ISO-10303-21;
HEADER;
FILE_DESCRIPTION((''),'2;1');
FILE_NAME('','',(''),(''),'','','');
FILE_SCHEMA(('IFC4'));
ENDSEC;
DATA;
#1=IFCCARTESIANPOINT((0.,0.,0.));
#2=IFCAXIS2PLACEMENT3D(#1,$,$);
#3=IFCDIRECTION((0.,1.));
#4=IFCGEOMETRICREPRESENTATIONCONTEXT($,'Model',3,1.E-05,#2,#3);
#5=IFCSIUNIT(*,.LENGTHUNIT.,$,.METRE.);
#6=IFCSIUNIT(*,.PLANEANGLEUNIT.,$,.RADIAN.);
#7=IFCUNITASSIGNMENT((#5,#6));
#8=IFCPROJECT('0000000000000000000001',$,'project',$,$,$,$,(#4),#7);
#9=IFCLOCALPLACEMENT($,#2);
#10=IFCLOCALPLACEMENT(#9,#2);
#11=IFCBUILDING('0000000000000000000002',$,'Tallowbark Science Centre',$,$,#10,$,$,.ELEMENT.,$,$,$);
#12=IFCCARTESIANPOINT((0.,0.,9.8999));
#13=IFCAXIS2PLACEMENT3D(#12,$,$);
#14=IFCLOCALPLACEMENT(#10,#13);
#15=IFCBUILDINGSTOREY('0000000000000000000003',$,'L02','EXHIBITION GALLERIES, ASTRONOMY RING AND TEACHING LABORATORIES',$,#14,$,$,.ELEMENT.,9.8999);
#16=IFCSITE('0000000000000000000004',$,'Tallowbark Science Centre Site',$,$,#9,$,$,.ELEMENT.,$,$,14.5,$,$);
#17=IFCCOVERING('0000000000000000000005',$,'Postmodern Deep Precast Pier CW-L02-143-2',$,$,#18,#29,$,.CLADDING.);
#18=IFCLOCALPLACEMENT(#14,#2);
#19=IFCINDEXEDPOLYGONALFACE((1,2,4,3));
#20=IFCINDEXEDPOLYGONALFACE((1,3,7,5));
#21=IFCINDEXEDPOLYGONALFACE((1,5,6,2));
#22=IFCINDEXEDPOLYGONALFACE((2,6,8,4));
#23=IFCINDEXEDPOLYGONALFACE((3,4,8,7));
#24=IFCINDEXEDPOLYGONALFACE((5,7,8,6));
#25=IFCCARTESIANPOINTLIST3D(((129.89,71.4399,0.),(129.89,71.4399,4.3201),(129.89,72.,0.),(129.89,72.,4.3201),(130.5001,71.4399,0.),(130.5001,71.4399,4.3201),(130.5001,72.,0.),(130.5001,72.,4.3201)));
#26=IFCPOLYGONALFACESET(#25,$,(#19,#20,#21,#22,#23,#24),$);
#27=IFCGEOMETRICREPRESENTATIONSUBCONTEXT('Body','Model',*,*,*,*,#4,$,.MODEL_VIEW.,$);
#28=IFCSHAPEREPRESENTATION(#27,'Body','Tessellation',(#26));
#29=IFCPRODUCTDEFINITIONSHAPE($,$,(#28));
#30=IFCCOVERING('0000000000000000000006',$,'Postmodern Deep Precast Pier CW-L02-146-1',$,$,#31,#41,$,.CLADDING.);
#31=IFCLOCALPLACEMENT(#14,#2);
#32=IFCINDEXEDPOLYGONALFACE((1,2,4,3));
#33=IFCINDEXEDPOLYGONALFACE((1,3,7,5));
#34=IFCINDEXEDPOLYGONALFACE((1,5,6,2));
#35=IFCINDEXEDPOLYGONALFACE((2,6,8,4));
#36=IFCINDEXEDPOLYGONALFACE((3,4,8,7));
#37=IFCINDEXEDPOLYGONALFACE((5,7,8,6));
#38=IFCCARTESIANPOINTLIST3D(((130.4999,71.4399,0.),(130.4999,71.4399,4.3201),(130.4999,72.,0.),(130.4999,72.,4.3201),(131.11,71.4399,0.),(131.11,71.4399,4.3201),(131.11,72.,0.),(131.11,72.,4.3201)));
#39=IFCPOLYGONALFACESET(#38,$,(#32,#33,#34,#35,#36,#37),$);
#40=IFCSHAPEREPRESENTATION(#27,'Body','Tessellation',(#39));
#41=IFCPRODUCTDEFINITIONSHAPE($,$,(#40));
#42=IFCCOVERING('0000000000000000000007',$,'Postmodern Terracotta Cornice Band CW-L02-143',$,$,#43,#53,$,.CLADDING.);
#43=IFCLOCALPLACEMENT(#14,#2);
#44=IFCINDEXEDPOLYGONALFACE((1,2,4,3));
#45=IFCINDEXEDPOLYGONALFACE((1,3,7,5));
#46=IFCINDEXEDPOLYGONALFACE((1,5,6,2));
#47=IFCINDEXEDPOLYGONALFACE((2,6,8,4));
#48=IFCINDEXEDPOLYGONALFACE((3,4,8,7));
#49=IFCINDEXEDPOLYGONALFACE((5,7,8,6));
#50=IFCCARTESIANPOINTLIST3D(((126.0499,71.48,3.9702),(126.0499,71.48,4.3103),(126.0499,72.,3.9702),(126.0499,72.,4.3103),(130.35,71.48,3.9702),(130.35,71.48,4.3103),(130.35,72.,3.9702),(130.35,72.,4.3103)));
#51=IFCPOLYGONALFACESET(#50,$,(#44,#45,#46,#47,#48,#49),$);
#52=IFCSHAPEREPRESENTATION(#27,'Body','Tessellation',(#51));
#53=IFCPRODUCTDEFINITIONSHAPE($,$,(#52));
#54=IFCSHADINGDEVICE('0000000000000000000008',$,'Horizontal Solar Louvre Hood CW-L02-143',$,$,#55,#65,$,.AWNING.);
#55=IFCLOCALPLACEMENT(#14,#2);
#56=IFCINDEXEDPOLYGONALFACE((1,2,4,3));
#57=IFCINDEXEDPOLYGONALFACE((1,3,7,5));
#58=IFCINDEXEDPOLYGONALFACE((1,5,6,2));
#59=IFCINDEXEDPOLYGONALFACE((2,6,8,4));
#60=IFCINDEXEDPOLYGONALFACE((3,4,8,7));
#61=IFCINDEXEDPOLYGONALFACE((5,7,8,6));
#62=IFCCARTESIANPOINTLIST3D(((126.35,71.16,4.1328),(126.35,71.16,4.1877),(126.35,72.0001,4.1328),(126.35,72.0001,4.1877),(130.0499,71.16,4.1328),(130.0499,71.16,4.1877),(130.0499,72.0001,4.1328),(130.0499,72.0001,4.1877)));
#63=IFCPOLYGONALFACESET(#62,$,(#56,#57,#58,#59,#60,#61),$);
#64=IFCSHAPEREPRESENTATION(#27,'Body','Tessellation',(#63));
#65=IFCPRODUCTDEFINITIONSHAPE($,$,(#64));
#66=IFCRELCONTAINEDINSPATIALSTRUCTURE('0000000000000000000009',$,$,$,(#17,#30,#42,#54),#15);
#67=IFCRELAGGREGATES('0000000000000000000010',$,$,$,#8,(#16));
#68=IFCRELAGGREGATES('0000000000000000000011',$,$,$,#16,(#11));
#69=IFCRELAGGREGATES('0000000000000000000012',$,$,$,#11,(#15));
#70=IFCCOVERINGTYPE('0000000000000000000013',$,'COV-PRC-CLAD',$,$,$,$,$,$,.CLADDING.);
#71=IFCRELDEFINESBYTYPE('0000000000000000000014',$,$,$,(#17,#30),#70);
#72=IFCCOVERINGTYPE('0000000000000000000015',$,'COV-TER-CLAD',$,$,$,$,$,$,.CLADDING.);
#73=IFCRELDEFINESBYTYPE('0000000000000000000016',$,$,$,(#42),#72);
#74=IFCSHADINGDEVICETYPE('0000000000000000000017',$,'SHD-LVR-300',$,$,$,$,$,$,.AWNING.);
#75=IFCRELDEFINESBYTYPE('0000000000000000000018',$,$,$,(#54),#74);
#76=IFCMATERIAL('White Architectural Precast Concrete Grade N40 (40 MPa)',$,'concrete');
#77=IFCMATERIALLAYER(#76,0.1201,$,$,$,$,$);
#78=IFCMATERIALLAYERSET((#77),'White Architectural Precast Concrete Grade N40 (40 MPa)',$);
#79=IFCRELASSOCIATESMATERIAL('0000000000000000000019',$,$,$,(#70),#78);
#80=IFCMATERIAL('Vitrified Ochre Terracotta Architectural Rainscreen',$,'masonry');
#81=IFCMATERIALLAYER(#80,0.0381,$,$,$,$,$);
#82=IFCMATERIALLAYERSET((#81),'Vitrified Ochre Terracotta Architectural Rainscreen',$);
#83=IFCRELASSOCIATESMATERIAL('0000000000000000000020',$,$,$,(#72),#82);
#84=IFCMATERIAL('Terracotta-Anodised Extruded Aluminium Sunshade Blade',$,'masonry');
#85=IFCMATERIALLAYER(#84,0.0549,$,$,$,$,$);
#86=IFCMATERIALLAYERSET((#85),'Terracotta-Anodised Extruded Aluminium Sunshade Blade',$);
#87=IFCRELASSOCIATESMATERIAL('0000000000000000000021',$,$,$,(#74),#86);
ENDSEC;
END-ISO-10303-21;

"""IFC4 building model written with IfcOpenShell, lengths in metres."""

from ifc_helpers import new_model, si_unit, direction, frame, origin, origin_2d, place, context, subcontext, project, spatial, rectangle, extrude, material, layer, layer_set, type_object, element, save


model = new_model("IFC4")

# Units and contexts
model_context = context("Model", 3, precision=1e-05, world=origin(), true_north=direction((0.0, 1.0)))
body_context = subcontext(model_context, "Body", "Model", "MODEL_VIEW")
ifc_project = project(units=[si_unit("LENGTHUNIT", "METRE"), si_unit("PLANEANGLEUNIT", "RADIAN")], contexts=[model_context])

# Site, building, storey
site_placement = place(None, origin())
site = spatial("IfcSite", under=ifc_project, at=site_placement, Name="Tallowbark Science Centre Site", CompositionType="ELEMENT", RefElevation=14.5)
building_placement = place(site_placement, origin())
building = spatial("IfcBuilding", under=site, at=building_placement, Name="Tallowbark Science Centre", CompositionType="ELEMENT")
storey_placement = place(building_placement, frame((0.0, 0.0, 9.8999)))
storey = spatial("IfcBuildingStorey", under=building, at=storey_placement, Name="L02", Description="EXHIBITION GALLERIES, ASTRONOMY RING AND TEACHING LABORATORIES", CompositionType="ELEMENT", Elevation=9.8999)

# Coverings
ifc_material_1 = material(Name="White Architectural Precast Concrete Grade N40 (40 MPa)", Category="concrete")
ifc_layer_1 = layer(ifc_material_1, 0.1201)
ifc_layer_set_1 = layer_set([ifc_layer_1], Name="White Architectural Precast Concrete Grade N40 (40 MPa)")
covering_type_1 = type_object("IfcCoveringType", Name="COV-PRC-CLAD", PredefinedType="CLADDING", material=ifc_layer_set_1)
for number, where, z_axis, x_axis, name in (
    (1, (130.1951, 71.72, 0.0), (0.0, 0.0, 1.0), (1.0, 0.0, 0.0), "Postmodern Deep Precast Pier CW-L02-143-2"),
    (2, (130.8049, 71.72, 0.0), (0.0, 0.0, 1.0), (1.0, 0.0, 0.0), "Postmodern Deep Precast Pier CW-L02-146-1"),
):
    element("IfcCovering", number, at=place(storey_placement, frame(where, z_axis=z_axis, x_axis=x_axis)), inside=storey, type_object=covering_type_1, Name=name, PredefinedType="CLADDING", context=body_context, shape_type="SweptSolid", body=[
        extrude(rectangle(XDim=0.6101, YDim=0.5601, at=origin_2d()), origin(), (0.0, 0.0, 1.0), 4.3201),
    ])
ifc_material_2 = material(Name="Vitrified Ochre Terracotta Architectural Rainscreen", Category="masonry")
ifc_layer_2 = layer(ifc_material_2, 0.0381)
ifc_layer_set_2 = layer_set([ifc_layer_2], Name="Vitrified Ochre Terracotta Architectural Rainscreen")
covering_type_2 = type_object("IfcCoveringType", Name="COV-TER-CLAD", PredefinedType="CLADDING", material=ifc_layer_set_2)
covering_placement = place(storey_placement, frame((128.2, 71.74, 3.9702), z_axis=(0.0, 0.0, 1.0), x_axis=(1.0, 0.0, 0.0)))
element("IfcCovering", 3, at=covering_placement, inside=storey, type_object=covering_type_2, Name="Postmodern Terracotta Cornice Band CW-L02-143", PredefinedType="CLADDING", context=body_context, shape_type="SweptSolid", body=[
    extrude(rectangle(XDim=4.3, YDim=0.52, at=origin_2d()), origin(), (0.0, 0.0, 1.0), 0.3401),
])

# Shading device
ifc_material_3 = material(Name="Terracotta-Anodised Extruded Aluminium Sunshade Blade", Category="masonry")
ifc_layer_3 = layer(ifc_material_3, 0.0549)
ifc_layer_set_3 = layer_set([ifc_layer_3], Name="Terracotta-Anodised Extruded Aluminium Sunshade Blade")
shading_device_type = type_object("IfcShadingDeviceType", Name="SHD-LVR-300", PredefinedType="AWNING", material=ifc_layer_set_3)
shading_device_placement = place(storey_placement, frame((128.2, 71.5801, 4.1328), z_axis=(0.0, 0.0, 1.0), x_axis=(1.0, 0.0, 0.0)))
element("IfcShadingDevice", 4, at=shading_device_placement, inside=storey, type_object=shading_device_type, Name="Horizontal Solar Louvre Hood CW-L02-143", PredefinedType="AWNING", context=body_context, shape_type="SweptSolid", body=[
    extrude(rectangle(XDim=3.7, YDim=0.8401, at=origin_2d()), origin(), (0.0, 0.0, 1.0), 0.0549),
])

save(model, "model.ifc")
